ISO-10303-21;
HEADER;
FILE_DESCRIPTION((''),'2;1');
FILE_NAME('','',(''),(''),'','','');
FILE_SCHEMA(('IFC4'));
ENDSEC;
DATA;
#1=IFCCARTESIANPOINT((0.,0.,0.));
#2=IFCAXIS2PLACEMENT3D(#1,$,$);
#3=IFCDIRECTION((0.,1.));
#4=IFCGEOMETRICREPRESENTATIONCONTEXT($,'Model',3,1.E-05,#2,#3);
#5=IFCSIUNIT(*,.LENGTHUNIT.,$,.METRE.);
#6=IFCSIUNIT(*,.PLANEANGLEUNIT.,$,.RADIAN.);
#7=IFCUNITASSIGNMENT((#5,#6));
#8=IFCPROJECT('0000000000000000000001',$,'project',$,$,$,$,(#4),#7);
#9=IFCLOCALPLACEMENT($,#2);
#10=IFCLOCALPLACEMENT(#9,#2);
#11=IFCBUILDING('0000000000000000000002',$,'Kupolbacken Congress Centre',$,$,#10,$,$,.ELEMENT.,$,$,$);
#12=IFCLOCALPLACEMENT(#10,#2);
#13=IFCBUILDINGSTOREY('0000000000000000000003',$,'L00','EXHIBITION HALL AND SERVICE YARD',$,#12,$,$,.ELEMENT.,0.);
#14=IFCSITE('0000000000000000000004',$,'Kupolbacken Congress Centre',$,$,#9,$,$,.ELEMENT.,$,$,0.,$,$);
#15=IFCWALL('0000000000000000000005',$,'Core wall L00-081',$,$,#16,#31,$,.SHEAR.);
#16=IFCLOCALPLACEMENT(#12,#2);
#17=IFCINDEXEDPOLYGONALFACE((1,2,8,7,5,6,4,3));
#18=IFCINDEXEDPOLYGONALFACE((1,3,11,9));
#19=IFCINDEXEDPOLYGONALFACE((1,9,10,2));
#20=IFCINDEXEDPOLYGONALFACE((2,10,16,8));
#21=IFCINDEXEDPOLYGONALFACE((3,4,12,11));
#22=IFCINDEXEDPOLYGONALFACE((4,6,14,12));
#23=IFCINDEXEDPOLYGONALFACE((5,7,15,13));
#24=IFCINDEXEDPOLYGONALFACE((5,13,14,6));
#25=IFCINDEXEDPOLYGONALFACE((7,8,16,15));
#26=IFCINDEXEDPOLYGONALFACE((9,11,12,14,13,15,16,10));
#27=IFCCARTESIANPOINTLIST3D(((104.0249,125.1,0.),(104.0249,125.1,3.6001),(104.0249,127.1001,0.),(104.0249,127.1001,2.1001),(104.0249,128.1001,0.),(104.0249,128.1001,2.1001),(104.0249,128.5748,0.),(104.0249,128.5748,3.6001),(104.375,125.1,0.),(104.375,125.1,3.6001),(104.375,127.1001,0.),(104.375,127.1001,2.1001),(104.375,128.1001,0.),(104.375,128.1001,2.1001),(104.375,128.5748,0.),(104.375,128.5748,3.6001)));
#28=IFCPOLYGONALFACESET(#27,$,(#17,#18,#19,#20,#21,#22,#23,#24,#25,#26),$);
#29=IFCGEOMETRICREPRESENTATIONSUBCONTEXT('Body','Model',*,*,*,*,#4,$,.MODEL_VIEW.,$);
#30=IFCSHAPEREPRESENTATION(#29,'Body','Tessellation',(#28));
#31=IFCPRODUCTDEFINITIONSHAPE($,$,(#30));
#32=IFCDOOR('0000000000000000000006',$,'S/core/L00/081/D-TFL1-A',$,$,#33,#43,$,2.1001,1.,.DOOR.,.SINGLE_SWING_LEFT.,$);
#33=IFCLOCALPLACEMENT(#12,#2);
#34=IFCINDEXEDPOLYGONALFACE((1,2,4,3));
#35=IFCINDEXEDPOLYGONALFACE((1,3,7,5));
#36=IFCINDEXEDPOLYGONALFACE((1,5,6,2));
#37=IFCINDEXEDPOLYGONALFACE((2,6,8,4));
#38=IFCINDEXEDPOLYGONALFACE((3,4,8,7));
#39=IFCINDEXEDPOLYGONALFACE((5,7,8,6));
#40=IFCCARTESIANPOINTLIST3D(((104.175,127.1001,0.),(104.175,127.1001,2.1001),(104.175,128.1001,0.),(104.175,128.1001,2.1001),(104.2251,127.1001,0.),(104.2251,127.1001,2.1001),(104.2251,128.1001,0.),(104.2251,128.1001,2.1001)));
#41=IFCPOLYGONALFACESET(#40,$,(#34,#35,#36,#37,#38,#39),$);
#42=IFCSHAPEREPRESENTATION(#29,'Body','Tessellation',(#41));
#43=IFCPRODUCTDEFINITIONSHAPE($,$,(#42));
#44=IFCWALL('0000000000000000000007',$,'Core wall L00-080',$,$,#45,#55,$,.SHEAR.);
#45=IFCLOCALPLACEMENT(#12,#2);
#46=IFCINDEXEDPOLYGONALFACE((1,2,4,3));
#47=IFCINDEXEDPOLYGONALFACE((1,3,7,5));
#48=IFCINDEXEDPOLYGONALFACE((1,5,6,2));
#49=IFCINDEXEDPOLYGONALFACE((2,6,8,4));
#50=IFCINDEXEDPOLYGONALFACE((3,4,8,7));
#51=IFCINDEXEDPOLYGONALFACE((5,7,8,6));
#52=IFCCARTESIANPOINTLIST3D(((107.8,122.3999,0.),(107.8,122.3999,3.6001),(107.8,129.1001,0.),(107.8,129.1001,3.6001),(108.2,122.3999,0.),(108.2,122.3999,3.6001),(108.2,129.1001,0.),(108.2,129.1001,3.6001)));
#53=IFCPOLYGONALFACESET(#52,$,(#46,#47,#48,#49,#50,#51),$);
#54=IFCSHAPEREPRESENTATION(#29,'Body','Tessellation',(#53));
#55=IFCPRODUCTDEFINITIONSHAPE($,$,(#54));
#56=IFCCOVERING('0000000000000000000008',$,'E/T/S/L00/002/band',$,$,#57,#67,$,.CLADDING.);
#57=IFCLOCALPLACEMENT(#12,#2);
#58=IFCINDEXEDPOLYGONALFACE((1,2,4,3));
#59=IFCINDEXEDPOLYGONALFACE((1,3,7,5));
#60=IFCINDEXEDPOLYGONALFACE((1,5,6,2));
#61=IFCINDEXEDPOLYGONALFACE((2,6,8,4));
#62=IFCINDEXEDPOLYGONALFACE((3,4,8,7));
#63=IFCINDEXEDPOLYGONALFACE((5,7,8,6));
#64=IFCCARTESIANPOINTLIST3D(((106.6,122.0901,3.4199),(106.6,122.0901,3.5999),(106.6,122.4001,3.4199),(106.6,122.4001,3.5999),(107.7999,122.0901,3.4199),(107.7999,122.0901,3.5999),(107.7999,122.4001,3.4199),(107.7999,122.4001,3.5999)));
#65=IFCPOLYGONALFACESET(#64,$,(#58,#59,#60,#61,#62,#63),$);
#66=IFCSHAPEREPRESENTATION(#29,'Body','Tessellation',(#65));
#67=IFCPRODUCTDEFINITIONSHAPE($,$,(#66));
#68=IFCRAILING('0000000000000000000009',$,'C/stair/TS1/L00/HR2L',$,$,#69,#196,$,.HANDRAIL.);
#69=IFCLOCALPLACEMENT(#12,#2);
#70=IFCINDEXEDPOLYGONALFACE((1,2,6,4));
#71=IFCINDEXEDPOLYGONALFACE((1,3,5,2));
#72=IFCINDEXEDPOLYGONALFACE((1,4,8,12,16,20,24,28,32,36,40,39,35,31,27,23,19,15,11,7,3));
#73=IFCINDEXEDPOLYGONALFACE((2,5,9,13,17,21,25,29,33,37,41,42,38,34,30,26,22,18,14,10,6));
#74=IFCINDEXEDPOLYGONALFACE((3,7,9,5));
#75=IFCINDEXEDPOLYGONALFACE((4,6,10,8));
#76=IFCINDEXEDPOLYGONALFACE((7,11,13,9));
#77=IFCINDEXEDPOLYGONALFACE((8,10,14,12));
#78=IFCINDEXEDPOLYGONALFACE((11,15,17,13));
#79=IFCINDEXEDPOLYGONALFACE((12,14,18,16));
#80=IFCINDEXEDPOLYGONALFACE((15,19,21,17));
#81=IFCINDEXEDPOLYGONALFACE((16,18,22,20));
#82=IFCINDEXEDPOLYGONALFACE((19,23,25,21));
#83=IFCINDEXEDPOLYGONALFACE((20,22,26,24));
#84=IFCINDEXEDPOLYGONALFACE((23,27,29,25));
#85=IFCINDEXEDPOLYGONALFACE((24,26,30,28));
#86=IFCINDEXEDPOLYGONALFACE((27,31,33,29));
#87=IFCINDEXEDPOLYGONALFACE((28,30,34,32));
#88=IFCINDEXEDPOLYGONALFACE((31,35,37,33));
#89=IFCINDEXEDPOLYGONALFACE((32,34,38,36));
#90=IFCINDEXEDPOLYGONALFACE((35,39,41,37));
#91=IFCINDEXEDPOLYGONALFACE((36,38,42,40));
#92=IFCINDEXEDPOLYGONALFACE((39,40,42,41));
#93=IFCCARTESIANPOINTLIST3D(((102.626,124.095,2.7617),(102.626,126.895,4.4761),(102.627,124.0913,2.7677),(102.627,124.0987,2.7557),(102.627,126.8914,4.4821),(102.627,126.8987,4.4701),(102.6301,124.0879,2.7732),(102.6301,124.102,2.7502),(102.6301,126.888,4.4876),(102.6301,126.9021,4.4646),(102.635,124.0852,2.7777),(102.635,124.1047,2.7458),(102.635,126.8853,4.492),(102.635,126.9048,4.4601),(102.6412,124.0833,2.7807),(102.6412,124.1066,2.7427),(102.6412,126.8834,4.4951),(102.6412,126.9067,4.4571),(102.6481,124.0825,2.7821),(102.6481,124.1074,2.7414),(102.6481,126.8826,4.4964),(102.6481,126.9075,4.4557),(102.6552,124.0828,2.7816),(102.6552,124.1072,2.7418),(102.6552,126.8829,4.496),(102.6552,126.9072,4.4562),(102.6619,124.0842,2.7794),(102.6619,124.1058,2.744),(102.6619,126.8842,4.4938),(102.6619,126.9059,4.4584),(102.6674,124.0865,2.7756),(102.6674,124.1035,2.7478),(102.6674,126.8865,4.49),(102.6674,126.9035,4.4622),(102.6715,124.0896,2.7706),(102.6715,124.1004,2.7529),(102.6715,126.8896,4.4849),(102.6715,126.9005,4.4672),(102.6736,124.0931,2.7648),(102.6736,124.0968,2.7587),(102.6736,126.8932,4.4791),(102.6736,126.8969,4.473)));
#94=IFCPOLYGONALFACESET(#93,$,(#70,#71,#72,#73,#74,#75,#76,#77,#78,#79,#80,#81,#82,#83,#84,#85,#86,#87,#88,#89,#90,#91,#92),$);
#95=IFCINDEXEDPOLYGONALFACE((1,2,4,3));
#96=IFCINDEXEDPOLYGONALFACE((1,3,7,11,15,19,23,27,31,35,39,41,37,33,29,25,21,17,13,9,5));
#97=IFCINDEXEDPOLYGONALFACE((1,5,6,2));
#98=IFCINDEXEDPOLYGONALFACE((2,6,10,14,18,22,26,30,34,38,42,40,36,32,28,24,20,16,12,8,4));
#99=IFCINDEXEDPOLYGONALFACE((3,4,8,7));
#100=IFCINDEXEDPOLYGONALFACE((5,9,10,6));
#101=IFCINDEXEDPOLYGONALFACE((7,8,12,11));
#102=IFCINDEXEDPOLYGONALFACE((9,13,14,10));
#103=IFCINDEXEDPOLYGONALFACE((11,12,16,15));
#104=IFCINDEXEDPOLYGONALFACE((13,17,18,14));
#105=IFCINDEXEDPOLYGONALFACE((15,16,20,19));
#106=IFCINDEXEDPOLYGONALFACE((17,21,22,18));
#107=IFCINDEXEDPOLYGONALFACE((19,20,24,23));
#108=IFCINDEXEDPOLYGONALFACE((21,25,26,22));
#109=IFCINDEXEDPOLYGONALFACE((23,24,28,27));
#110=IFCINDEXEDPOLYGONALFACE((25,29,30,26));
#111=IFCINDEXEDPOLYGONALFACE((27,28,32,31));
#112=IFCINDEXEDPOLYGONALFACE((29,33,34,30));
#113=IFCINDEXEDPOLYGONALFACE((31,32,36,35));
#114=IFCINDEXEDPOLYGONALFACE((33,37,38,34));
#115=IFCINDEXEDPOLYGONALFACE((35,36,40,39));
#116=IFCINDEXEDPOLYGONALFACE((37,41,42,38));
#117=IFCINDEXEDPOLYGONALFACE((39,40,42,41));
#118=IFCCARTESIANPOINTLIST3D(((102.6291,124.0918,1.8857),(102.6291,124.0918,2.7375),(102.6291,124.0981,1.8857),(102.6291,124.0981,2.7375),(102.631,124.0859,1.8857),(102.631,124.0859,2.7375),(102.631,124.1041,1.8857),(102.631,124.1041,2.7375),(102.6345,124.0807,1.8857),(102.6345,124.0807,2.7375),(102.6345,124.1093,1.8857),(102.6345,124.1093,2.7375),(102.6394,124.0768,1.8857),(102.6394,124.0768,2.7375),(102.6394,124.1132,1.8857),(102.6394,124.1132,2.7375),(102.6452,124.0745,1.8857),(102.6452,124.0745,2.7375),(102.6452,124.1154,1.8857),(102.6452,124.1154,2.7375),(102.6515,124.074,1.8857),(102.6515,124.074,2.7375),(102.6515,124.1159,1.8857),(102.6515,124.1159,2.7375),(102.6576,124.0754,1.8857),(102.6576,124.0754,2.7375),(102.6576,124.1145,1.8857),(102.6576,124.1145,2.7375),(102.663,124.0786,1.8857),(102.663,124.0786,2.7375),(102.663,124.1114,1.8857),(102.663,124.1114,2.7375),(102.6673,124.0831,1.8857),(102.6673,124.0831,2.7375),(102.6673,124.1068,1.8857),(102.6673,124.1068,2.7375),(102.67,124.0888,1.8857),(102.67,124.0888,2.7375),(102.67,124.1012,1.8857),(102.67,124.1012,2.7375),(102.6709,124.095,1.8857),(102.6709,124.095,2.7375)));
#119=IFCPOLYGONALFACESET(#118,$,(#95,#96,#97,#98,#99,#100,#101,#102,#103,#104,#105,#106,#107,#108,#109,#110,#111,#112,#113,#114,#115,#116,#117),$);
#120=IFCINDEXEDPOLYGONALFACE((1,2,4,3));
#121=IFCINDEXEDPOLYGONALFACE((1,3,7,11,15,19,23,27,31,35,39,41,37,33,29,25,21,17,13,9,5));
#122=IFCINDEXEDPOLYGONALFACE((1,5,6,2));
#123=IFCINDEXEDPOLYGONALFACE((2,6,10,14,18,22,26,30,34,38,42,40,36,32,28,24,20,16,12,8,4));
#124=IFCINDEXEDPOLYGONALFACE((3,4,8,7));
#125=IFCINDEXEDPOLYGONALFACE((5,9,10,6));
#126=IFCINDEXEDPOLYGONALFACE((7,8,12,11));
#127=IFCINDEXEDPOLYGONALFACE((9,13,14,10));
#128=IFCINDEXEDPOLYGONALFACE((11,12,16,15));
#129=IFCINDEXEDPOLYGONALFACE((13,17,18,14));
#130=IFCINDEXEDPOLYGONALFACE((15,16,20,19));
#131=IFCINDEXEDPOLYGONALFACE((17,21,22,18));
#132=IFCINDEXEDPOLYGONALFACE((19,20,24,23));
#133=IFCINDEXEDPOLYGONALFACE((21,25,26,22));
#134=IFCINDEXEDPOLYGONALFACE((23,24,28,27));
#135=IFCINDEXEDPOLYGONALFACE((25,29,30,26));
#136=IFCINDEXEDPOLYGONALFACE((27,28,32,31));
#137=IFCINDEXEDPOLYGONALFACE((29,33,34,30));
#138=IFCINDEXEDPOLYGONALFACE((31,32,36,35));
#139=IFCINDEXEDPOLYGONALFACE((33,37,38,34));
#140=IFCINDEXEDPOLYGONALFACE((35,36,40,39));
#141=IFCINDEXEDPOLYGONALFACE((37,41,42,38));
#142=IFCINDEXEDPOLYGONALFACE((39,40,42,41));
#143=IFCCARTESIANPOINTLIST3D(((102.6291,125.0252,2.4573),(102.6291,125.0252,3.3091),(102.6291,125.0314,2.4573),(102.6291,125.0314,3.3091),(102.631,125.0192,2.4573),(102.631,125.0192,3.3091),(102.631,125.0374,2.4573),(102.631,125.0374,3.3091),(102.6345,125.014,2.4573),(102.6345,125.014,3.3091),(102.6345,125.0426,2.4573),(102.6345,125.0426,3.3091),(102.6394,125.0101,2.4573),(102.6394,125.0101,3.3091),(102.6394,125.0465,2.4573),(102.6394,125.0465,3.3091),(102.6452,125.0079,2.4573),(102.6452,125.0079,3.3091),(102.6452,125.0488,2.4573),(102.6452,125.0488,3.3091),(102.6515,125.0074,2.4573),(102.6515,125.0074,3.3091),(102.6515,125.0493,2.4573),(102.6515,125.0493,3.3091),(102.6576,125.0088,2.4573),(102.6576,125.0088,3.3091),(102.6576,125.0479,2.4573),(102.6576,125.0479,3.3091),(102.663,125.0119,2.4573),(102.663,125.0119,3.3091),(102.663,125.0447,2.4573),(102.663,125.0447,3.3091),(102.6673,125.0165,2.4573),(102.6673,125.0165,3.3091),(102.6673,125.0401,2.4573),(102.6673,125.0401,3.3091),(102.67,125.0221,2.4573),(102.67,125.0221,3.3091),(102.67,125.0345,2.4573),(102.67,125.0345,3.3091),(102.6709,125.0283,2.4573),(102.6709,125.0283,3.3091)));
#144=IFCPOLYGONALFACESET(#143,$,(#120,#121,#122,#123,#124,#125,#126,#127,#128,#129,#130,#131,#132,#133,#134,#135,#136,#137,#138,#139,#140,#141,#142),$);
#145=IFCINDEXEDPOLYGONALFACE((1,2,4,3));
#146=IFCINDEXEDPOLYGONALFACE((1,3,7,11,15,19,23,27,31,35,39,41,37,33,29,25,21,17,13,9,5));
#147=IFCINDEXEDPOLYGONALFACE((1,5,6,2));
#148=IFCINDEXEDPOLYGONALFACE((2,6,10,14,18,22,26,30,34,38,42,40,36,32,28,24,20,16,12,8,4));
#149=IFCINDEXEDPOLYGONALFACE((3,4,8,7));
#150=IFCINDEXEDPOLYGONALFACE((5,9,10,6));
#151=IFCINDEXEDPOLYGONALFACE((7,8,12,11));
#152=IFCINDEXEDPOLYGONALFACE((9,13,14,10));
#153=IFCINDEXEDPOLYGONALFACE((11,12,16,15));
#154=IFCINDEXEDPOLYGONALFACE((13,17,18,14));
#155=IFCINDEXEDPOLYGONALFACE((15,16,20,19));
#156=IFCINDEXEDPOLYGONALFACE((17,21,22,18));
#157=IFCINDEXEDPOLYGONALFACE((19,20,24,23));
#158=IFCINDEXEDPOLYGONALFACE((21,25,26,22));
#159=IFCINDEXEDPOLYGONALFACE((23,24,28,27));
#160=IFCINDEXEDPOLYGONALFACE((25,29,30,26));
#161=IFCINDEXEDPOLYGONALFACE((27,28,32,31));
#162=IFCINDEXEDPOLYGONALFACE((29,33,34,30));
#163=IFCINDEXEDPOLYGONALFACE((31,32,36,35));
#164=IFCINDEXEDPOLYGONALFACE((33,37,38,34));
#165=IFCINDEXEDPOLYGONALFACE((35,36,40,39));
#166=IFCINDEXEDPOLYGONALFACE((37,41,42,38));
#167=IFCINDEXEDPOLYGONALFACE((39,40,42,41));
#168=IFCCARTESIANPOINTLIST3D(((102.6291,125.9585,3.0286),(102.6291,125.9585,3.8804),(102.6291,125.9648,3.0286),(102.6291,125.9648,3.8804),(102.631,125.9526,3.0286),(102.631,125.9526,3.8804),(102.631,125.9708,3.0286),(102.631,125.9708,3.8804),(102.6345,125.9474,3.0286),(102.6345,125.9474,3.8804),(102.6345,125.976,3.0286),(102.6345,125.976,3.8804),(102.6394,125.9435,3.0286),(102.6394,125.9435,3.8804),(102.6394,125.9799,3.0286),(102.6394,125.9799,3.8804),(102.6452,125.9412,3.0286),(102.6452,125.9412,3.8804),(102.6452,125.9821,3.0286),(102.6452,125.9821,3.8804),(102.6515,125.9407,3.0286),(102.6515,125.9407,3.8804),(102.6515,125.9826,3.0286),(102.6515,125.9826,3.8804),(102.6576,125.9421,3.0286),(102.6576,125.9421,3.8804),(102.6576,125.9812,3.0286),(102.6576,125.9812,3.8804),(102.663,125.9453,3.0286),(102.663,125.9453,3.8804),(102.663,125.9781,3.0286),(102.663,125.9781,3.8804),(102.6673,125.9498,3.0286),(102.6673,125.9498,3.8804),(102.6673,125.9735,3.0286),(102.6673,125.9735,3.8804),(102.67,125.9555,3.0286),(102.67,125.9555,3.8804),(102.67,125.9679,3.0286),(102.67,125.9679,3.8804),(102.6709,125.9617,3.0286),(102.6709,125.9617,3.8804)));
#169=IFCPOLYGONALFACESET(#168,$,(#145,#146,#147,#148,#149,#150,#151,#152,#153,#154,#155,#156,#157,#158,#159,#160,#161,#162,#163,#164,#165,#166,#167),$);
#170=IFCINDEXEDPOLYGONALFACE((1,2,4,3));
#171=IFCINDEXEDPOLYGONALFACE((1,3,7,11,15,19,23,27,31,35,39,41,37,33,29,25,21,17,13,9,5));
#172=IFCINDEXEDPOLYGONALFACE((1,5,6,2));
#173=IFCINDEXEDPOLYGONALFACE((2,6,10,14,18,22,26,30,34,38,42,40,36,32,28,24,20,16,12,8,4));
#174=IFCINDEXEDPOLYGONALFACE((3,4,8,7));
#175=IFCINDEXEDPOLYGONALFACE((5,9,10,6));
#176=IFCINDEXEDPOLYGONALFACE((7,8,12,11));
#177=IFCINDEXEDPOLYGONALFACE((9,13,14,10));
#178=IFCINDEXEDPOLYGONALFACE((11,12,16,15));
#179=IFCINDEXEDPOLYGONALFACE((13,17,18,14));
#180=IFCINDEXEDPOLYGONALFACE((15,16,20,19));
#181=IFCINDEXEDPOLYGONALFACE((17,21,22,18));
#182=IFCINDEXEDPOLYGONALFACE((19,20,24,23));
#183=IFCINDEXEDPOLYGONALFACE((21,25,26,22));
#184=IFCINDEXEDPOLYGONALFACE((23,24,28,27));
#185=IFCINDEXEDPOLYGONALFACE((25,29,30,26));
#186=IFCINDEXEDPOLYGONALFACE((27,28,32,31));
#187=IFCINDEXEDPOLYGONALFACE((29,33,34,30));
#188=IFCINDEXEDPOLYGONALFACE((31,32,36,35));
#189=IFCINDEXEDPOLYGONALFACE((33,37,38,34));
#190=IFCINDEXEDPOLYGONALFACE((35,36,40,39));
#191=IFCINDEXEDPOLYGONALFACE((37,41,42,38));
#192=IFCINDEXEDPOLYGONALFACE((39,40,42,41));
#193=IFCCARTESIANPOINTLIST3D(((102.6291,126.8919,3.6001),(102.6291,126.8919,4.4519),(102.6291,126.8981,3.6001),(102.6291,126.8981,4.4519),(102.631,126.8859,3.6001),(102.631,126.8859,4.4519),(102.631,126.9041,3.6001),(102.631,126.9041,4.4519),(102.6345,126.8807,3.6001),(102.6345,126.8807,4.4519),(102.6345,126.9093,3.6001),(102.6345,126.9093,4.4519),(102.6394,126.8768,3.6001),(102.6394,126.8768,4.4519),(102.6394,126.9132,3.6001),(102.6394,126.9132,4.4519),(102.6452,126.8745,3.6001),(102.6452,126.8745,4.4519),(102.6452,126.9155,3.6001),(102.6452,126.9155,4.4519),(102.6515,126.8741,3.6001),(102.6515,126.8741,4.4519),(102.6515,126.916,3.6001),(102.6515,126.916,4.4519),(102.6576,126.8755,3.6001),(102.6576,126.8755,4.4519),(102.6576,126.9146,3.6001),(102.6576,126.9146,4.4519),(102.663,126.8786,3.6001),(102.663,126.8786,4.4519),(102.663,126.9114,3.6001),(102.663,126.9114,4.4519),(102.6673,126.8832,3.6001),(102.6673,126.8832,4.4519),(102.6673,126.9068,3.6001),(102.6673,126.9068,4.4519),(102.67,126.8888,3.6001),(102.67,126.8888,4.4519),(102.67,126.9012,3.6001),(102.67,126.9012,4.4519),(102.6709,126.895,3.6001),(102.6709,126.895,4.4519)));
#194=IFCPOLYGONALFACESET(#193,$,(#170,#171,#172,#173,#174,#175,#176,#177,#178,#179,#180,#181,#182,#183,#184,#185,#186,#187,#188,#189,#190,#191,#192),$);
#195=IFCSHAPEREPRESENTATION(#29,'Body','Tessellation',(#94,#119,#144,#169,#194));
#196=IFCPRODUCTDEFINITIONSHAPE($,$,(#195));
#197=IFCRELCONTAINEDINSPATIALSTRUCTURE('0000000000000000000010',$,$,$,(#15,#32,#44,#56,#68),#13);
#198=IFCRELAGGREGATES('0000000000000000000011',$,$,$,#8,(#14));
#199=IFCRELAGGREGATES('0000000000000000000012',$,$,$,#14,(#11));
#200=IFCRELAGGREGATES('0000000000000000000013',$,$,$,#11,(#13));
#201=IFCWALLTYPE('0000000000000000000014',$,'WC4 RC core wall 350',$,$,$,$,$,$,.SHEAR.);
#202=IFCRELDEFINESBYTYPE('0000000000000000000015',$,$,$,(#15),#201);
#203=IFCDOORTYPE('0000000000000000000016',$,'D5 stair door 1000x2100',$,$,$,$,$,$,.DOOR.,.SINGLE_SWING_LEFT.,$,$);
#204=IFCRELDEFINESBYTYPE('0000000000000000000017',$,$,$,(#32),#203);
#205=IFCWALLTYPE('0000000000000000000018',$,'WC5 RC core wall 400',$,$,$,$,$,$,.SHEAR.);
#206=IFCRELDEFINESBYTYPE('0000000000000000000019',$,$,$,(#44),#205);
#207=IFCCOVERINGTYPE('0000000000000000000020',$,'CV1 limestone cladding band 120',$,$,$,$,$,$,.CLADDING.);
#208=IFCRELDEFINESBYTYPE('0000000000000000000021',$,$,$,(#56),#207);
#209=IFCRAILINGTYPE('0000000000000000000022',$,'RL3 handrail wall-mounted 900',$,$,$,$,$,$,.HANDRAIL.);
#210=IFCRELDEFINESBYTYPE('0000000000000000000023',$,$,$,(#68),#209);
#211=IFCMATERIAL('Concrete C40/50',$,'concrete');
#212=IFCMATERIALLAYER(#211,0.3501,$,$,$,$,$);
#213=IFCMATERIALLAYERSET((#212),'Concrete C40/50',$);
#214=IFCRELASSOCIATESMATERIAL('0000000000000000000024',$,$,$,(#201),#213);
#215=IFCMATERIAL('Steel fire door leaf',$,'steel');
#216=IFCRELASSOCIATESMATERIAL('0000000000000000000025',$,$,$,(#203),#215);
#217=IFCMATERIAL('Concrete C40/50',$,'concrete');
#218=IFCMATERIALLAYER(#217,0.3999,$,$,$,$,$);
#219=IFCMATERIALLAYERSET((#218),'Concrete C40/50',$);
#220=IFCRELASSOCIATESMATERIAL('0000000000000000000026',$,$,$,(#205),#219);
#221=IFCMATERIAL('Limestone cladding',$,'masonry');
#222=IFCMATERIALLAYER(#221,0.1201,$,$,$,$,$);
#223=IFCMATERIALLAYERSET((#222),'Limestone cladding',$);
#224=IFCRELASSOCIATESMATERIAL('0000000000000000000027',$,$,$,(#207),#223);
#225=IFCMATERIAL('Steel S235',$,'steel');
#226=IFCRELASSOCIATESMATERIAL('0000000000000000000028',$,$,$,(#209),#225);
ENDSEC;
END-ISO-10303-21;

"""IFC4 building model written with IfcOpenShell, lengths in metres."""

from ifc_helpers import new_model, si_unit, direction, frame, frame_2d, origin, origin_2d, place, context, subcontext, project, spatial, rectangle, circle, extrude, material, layer, layer_set, type_object, element, fill, save


model = new_model("IFC4")

# Units and contexts
model_context = context("Model", 3, precision=1e-05, world=origin(), true_north=direction((0.0, 1.0)))
body_context = subcontext(model_context, "Body", "Model", "MODEL_VIEW")
ifc_project = project(units=[si_unit("LENGTHUNIT", "METRE"), si_unit("PLANEANGLEUNIT", "RADIAN")], contexts=[model_context])

# Site, building, storey
site_placement = place(None, origin())
site = spatial("IfcSite", under=ifc_project, at=site_placement, Name="Kupolbacken Congress Centre", CompositionType="ELEMENT", RefElevation=0.0)
building_placement = place(site_placement, origin())
building = spatial("IfcBuilding", under=site, at=building_placement, Name="Kupolbacken Congress Centre", CompositionType="ELEMENT")
storey_placement = place(building_placement, origin())
storey = spatial("IfcBuildingStorey", under=building, at=storey_placement, Name="L00", Description="EXHIBITION HALL AND SERVICE YARD", CompositionType="ELEMENT", Elevation=0.0)

# Shared definitions
ifc_material_1 = material(Name="Concrete C40/50", Category="concrete")
ifc_layer_1 = layer(ifc_material_1, 0.3501)
ifc_layer_set_1 = layer_set([ifc_layer_1], Name="Concrete C40/50")
wall_type_1 = type_object("IfcWallType", Name="WC4 RC core wall 350", PredefinedType="SHEAR", material=ifc_layer_set_1)

# Wall, opening, door
wall_1_placement = place(storey_placement, frame((104.2, 125.1001, 0.0), z_axis=(0.0, 0.0, 1.0), x_axis=(0.0, 1.0, 0.0)))
wall_1 = element("IfcWall", 1, at=wall_1_placement, inside=storey, type_object=wall_type_1, Name="Core wall L00-081", PredefinedType="SHEAR", context=body_context, shape_type="SweptSolid", body=[
    extrude(rectangle(XDim=3.4749, YDim=0.3501, at=frame_2d((1.7373, 0.0))), origin(), (0.0, 0.0, 1.0), 3.6001),
])
opening_1_placement = place(wall_1_placement, frame((2.0, 0.0, 0.0)))
opening_1 = element("IfcOpeningElement", 2, at=opening_1_placement, cuts=wall_1, PredefinedType="OPENING", context=body_context, shape_type="SweptSolid", body=[
    extrude(rectangle(XDim=1.0, YDim=2.1001, at=frame_2d((0.5, 1.05))), frame((0.0, 0.1851, 0.0), z_axis=(0.0, -1.0, 0.0), x_axis=(1.0, 0.0, 0.0)), (0.0, 0.0, 1.0), 0.3701),
])
ifc_material_2 = material(Name="Steel fire door leaf", Category="steel")
door_type_1 = type_object("IfcDoorType", Name="D5 stair door 1000x2100", OperationType="SINGLE_SWING_LEFT", PredefinedType="DOOR", material=ifc_material_2)
door_1_placement = place(opening_1_placement, origin())
door_1 = element("IfcDoor", 3, at=door_1_placement, inside=storey, type_object=door_type_1, Name="S/core/L00/081/D-TFL1-A", OperationType="SINGLE_SWING_LEFT", OverallHeight=2.1001, OverallWidth=1.0, PredefinedType="DOOR", context=body_context, shape_type="SweptSolid", body=[
    extrude(rectangle(XDim=1.0, YDim=2.1001, at=frame_2d((0.5, 1.05))), frame((0.0, 0.0249, 0.0), z_axis=(0.0, -1.0, 0.0), x_axis=(1.0, 0.0, 0.0)), (0.0, 0.0, 1.0), 0.05),
])
fill(opening_1, door_1)

# Wall
ifc_material_3 = material(Name="Concrete C40/50", Category="concrete")
ifc_layer_2 = layer(ifc_material_3, 0.3999)
ifc_layer_set_2 = layer_set([ifc_layer_2], Name="Concrete C40/50")
wall_type_2 = type_object("IfcWallType", Name="WC5 RC core wall 400", PredefinedType="SHEAR", material=ifc_layer_set_2)
wall_2_placement = place(storey_placement, frame((108.0, 122.3999, 0.0), z_axis=(0.0, 0.0, 1.0), x_axis=(0.0, 1.0, 0.0)))
element("IfcWall", 4, at=wall_2_placement, inside=storey, type_object=wall_type_2, Name="Core wall L00-080", PredefinedType="SHEAR", context=body_context, shape_type="SweptSolid", body=[
    extrude(rectangle(XDim=6.7002, YDim=0.3999, at=frame_2d((3.3501, 0.0))), origin(), (0.0, 0.0, 1.0), 3.6001),
])

# Covering
ifc_material_4 = material(Name="Limestone cladding", Category="masonry")
ifc_layer_3 = layer(ifc_material_4, 0.1201)
ifc_layer_set_3 = layer_set([ifc_layer_3], Name="Limestone cladding")
covering_type = type_object("IfcCoveringType", Name="CV1 limestone cladding band 120", PredefinedType="CLADDING", material=ifc_layer_set_3)
covering_placement = place(storey_placement, frame((107.2, 122.2451, 3.4199), z_axis=(0.0, 0.0, 1.0), x_axis=(1.0, 0.0, 0.0)))
element("IfcCovering", 5, at=covering_placement, inside=storey, type_object=covering_type, Name="E/T/S/L00/002/band", PredefinedType="CLADDING", context=body_context, shape_type="SweptSolid", body=[
    extrude(rectangle(XDim=1.2, YDim=0.3101, at=origin_2d()), origin(), (0.0, 0.0, 1.0), 0.1799),
])

# Railing
ifc_material_5 = material(Name="Steel S235", Category="steel")
railing_type = type_object("IfcRailingType", Name="RL3 handrail wall-mounted 900", PredefinedType="HANDRAIL", material=ifc_material_5)
for number, where, name in (
    (6, (102.6499, 124.095, 1.8857), "C/stair/TS1/L00/HR2L"),
):
    element("IfcRailing", number, at=place(storey_placement, frame(where)), inside=storey, type_object=railing_type, Name=name, PredefinedType="HANDRAIL", context=body_context, shape_type="SweptSolid", body=[
        extrude(circle(Radius=0.0239, at=origin_2d()), frame((0.0, 0.0, 0.876), z_axis=(0.0, 0.852846, 0.522163), x_axis=(-1.0, 0.0, 0.0)), (0.0, 0.0, 1.0), 3.2832),
        extrude(circle(Radius=0.021, at=origin_2d()), origin(), (0.0, 0.0, 1.0), 0.8518),
        extrude(circle(Radius=0.021, at=origin_2d()), frame((0.0, 0.9333, 0.5715)), (0.0, 0.0, 1.0), 0.8518),
        extrude(circle(Radius=0.021, at=origin_2d()), frame((0.0, 1.8667, 1.1428)), (0.0, 0.0, 1.0), 0.8518),
        extrude(circle(Radius=0.021, at=origin_2d()), frame((0.0, 2.8, 1.7144)), (0.0, 0.0, 1.0), 0.8518),
    ])

save(model, "model.ifc")
